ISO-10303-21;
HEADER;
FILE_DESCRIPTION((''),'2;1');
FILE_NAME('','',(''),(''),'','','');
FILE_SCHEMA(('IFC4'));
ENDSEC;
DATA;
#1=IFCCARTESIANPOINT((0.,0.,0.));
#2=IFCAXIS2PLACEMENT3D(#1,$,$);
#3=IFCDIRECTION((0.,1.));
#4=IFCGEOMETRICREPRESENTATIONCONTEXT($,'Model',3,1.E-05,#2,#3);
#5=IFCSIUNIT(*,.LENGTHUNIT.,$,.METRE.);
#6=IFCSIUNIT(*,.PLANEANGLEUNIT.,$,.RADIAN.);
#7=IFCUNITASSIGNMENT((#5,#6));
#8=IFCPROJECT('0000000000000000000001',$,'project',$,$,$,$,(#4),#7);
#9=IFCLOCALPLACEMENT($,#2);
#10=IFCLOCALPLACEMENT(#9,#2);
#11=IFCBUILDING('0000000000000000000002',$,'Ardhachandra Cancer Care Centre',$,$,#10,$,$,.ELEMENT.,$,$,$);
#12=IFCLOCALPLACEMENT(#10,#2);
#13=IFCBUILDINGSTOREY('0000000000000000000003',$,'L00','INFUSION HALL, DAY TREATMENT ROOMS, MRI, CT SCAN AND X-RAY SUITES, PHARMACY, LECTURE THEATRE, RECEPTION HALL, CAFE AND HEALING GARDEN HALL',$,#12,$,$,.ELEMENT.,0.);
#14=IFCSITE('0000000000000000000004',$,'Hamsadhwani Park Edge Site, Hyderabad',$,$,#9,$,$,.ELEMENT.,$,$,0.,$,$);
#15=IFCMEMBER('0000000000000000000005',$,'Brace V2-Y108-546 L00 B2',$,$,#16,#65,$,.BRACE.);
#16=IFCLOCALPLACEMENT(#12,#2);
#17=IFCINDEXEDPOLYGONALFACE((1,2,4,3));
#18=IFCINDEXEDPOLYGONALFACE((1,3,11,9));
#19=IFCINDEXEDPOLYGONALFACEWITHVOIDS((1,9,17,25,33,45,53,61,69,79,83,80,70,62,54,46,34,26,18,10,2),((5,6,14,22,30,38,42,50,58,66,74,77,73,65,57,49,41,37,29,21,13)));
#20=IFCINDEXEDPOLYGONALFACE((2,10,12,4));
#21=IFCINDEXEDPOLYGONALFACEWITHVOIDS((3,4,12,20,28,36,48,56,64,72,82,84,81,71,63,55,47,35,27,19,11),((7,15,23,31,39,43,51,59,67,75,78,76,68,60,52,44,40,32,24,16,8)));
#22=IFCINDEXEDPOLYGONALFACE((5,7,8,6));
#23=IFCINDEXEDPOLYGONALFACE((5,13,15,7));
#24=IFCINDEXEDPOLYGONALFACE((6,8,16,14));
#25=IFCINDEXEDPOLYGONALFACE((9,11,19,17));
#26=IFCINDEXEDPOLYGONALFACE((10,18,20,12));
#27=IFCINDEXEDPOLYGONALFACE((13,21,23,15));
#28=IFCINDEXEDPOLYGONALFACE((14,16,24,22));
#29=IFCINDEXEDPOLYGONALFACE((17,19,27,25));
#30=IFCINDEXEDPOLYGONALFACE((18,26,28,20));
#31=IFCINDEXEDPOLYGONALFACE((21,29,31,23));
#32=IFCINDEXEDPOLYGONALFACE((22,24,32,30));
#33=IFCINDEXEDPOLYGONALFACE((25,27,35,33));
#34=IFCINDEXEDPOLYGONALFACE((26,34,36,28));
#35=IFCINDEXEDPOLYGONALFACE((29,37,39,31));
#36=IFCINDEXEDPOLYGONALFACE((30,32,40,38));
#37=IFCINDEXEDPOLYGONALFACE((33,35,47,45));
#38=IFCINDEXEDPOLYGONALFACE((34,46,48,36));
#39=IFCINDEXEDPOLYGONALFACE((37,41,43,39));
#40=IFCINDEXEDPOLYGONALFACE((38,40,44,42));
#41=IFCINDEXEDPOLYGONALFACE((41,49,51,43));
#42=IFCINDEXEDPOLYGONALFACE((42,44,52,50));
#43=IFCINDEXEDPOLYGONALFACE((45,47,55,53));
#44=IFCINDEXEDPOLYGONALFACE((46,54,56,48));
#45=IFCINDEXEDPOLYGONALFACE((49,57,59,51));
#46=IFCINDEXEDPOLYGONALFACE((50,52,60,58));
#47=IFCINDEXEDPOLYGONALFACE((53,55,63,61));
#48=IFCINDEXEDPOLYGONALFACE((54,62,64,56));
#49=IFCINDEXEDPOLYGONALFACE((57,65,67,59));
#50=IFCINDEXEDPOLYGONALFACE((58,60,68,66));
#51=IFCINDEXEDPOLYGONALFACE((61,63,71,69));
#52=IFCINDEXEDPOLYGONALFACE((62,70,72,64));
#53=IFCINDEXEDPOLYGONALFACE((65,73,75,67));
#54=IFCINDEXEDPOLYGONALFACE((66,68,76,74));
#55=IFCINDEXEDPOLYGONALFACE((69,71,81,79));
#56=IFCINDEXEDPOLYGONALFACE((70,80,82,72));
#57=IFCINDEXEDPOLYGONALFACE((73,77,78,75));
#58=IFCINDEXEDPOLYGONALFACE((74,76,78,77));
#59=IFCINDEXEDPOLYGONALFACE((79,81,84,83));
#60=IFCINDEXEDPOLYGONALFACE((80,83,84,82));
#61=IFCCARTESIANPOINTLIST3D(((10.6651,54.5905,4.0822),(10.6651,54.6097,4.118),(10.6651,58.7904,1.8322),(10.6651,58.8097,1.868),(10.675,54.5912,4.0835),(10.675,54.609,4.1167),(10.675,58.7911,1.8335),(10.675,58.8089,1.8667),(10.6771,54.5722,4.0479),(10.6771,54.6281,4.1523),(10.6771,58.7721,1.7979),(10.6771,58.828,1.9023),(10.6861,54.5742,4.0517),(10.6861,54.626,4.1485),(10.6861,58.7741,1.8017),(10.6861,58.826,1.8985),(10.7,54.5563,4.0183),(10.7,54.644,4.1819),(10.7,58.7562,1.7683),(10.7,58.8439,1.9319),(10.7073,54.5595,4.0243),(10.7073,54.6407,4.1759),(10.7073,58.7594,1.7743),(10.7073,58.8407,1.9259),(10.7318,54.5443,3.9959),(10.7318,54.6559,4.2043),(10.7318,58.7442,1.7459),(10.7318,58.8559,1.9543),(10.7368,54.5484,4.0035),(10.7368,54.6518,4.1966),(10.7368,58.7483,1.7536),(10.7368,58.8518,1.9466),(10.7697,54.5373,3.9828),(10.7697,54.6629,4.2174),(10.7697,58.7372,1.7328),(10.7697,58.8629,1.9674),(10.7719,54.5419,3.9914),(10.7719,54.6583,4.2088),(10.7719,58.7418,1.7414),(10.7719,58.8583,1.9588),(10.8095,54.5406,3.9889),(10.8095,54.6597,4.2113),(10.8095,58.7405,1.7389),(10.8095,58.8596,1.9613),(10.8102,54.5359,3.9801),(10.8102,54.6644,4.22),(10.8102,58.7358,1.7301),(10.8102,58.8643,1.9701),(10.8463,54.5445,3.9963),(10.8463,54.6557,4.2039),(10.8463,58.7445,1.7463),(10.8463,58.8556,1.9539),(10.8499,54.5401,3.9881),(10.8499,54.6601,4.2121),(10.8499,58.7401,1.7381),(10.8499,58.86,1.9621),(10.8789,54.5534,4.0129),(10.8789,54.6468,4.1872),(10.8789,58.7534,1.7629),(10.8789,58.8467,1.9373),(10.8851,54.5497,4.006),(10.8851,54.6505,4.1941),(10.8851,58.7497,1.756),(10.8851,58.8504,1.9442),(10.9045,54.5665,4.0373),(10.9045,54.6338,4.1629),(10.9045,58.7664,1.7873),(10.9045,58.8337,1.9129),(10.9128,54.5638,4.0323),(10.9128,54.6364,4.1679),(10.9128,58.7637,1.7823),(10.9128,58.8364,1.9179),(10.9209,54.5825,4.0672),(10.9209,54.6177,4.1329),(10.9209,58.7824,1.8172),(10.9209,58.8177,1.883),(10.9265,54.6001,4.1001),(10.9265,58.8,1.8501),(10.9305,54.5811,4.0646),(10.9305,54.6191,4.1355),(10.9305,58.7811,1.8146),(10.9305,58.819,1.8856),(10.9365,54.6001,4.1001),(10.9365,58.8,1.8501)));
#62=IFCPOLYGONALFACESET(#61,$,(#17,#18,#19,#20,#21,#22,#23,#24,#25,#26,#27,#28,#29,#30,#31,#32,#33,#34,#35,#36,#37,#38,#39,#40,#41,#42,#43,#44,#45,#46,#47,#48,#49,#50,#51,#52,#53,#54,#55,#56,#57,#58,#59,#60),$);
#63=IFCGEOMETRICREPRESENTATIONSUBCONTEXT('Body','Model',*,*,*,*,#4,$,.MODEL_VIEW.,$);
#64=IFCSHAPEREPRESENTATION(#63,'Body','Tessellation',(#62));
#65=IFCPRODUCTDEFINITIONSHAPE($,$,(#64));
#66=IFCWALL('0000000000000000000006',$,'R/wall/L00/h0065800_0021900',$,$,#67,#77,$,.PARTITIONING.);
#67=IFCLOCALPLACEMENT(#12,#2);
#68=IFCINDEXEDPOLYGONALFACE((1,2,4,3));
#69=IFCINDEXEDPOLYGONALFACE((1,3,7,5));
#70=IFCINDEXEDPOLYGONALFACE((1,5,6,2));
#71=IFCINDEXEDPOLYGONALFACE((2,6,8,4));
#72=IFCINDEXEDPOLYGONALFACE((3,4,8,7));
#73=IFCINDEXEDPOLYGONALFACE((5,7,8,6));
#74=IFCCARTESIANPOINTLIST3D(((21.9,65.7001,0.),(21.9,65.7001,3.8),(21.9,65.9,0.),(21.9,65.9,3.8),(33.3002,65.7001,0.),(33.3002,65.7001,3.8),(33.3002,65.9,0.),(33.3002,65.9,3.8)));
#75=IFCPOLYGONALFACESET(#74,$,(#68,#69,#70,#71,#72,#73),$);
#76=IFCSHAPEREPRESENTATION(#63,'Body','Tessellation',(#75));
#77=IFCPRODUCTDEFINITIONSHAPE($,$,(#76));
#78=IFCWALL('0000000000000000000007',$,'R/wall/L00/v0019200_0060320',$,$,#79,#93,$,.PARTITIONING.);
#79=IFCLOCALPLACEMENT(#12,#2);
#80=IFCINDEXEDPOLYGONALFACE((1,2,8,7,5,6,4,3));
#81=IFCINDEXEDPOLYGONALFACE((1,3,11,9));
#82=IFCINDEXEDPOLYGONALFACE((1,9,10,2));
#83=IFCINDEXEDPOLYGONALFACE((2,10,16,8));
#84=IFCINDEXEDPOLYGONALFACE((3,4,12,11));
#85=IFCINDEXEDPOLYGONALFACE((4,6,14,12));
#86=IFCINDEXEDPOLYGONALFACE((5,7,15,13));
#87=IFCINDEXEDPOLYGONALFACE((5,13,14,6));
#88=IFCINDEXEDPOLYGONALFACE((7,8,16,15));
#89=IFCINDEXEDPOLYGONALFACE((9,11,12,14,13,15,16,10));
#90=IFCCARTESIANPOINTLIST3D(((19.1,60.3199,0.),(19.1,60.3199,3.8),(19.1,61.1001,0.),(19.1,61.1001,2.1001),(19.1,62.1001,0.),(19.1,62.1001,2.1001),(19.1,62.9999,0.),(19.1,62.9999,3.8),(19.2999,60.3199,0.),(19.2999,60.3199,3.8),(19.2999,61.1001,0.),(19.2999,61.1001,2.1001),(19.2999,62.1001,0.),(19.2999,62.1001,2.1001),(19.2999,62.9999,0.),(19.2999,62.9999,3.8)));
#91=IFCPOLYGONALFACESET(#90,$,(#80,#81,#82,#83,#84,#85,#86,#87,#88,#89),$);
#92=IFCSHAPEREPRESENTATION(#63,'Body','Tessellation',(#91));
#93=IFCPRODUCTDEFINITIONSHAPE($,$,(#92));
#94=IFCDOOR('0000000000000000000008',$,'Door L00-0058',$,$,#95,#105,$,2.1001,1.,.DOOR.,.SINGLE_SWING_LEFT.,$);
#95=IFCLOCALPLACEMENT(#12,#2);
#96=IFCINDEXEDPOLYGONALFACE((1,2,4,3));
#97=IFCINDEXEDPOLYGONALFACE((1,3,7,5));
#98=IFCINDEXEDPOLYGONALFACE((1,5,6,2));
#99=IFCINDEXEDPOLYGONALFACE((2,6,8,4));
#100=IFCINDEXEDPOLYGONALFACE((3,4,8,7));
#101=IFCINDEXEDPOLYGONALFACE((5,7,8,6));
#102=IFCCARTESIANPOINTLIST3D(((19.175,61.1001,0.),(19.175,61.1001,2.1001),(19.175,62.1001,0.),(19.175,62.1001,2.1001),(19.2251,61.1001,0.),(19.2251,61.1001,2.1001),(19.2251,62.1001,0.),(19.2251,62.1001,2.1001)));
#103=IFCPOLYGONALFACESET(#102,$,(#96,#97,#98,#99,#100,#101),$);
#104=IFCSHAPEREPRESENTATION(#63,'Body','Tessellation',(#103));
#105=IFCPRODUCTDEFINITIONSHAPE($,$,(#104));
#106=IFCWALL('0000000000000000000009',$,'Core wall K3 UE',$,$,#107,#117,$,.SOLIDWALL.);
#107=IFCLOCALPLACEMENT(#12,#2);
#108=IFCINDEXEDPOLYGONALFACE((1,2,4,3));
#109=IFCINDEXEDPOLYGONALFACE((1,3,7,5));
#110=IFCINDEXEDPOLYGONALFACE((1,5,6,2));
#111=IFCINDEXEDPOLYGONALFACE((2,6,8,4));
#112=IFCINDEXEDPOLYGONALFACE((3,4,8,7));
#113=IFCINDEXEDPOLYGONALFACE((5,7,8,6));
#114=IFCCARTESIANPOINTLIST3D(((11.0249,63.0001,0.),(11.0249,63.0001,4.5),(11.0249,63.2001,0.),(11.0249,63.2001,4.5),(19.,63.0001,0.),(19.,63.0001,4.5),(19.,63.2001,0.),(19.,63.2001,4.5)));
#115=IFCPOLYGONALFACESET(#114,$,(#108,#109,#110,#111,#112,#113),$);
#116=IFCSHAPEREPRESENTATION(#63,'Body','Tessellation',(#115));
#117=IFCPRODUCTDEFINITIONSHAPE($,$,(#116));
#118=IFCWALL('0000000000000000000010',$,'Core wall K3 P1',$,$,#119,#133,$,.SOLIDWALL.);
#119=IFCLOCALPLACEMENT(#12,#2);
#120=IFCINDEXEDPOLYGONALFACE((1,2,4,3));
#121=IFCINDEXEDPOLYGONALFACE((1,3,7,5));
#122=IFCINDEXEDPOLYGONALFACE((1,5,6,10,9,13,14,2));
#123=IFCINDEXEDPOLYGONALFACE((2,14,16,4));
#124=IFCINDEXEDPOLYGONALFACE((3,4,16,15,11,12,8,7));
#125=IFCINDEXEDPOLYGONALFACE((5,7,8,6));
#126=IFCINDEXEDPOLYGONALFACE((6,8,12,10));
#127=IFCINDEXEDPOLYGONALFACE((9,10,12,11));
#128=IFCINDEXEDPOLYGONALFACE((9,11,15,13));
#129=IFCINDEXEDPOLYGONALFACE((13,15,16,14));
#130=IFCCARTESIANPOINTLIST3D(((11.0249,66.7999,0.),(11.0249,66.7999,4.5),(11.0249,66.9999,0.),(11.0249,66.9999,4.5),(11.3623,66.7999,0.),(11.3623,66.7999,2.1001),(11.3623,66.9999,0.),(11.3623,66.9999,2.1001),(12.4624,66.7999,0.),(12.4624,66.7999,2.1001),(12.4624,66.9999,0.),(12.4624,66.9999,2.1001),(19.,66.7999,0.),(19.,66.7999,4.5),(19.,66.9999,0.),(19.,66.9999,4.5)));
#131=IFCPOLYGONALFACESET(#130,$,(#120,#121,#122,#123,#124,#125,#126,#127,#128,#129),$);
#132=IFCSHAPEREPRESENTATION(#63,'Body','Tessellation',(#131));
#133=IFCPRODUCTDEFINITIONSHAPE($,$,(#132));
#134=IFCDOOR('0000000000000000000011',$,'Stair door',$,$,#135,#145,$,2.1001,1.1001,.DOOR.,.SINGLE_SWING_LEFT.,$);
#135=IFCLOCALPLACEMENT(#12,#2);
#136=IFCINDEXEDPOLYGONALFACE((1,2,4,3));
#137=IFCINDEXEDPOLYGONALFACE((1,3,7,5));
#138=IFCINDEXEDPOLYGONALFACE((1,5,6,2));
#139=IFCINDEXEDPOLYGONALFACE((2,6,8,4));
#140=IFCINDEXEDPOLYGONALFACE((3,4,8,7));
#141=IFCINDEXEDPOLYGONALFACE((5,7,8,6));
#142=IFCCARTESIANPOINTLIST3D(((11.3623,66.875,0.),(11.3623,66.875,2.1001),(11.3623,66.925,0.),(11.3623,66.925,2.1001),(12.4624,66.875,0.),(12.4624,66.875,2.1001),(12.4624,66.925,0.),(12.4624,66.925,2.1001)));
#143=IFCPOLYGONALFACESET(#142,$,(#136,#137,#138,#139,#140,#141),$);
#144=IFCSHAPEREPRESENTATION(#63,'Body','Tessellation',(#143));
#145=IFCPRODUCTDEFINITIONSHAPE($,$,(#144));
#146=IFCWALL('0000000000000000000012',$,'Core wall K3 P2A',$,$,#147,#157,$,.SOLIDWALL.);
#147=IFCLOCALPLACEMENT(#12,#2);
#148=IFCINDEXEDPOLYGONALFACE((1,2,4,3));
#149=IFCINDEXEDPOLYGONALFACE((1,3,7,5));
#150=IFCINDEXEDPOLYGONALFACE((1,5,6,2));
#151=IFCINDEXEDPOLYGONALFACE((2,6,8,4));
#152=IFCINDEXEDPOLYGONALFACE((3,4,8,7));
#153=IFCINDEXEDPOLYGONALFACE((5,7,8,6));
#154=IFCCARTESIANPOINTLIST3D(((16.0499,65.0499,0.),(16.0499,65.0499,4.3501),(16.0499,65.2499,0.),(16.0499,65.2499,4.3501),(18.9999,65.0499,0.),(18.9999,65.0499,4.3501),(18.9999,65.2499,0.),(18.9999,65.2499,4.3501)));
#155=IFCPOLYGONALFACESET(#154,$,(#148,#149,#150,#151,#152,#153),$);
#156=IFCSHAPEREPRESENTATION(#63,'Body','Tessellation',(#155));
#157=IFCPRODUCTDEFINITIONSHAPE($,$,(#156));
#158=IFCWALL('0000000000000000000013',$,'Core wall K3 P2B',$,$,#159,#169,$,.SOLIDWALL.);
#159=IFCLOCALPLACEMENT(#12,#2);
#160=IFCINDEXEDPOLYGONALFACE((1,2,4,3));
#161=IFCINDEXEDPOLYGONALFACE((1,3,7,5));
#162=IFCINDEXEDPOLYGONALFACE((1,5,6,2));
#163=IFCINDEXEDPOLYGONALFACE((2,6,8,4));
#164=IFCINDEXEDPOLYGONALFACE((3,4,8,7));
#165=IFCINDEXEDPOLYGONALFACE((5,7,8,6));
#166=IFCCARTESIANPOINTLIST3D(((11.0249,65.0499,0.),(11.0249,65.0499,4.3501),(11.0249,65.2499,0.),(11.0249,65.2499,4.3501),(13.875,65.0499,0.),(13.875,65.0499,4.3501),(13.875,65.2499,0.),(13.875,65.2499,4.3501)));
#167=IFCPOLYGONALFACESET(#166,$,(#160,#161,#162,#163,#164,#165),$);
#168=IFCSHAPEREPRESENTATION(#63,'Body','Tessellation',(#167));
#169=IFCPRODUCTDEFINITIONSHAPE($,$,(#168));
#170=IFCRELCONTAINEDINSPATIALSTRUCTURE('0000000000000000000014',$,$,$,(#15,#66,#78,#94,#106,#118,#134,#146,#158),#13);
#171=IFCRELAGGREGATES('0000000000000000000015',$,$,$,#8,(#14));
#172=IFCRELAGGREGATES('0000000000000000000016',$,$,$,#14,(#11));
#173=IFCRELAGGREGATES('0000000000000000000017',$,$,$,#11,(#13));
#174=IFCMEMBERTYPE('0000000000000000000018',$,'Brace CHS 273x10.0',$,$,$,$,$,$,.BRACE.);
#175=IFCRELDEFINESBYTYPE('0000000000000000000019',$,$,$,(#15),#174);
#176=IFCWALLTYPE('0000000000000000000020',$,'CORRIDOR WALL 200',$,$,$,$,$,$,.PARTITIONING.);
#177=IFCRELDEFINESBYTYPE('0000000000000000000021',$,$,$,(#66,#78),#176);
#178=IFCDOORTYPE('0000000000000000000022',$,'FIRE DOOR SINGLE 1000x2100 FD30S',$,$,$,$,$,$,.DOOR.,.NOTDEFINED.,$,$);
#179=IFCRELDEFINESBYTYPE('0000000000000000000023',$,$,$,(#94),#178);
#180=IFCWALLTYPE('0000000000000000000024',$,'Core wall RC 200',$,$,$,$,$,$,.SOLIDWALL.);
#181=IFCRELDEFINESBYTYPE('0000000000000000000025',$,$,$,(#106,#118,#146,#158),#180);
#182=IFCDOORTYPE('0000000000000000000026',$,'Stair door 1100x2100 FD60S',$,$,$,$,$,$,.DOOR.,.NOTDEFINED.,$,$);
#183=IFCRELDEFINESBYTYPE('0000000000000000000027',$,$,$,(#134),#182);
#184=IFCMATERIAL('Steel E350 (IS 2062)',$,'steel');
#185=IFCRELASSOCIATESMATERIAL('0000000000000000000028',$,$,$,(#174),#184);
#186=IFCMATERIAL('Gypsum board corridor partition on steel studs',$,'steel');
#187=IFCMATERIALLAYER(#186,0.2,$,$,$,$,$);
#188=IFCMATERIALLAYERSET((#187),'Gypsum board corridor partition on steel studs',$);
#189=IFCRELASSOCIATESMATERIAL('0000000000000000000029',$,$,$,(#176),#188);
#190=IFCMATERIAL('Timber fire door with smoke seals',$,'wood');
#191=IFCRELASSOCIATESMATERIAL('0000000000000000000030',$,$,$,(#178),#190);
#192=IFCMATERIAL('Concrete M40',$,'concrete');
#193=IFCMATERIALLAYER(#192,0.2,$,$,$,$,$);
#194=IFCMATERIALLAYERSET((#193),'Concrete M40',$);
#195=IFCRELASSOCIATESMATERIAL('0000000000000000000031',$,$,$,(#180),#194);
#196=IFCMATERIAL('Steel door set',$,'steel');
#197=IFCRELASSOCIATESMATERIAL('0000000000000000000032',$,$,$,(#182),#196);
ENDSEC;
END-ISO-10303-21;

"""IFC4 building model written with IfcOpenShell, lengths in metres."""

from ifc_helpers import new_model, si_unit, direction, frame, frame_2d, origin, origin_2d, place, context, subcontext, project, spatial, rectangle, hollow_circle, extrude, material, layer, layer_set, material_profile, profile_set, type_object, element, fill, save


model = new_model("IFC4")

# Units and contexts
model_context = context("Model", 3, precision=1e-05, world=origin(), true_north=direction((0.0, 1.0)))
body_context = subcontext(model_context, "Body", "Model", "MODEL_VIEW")
ifc_project = project(units=[si_unit("LENGTHUNIT", "METRE"), si_unit("PLANEANGLEUNIT", "RADIAN")], contexts=[model_context])

# Site, building, storey
site_placement = place(None, origin())
site = spatial("IfcSite", under=ifc_project, at=site_placement, Name="Hamsadhwani Park Edge Site, Hyderabad", CompositionType="ELEMENT", RefElevation=0.0)
building_placement = place(site_placement, origin())
building = spatial("IfcBuilding", under=site, at=building_placement, Name="Ardhachandra Cancer Care Centre", CompositionType="ELEMENT")
storey_placement = place(building_placement, origin())
storey = spatial("IfcBuildingStorey", under=building, at=storey_placement, Name="L00", Description="INFUSION HALL, DAY TREATMENT ROOMS, MRI, CT SCAN AND X-RAY SUITES, PHARMACY, LECTURE THEATRE, RECEPTION HALL, CAFE AND HEALING GARDEN HALL", CompositionType="ELEMENT", Elevation=0.0)

# Member
ifc_material_1 = material(Name="Steel E350 (IS 2062)", Category="steel")
ifc_material_profile_1 = material_profile(ifc_material_1, hollow_circle(Radius=0.1365, WallThickness=0.01, at=origin_2d()), Name="CHS 273x10.0")
ifc_profile_set_1 = profile_set([ifc_material_profile_1], Name="Steel E350 (IS 2062)")
member_type = type_object("IfcMemberType", Name="Brace CHS 273x10.0", PredefinedType="BRACE", material=ifc_profile_set_1)
for number, where, z_axis, x_axis, name in (
    (1, (10.8, 58.8, 1.8501), (0.0, -0.881478, 0.472226), (1.0, 0.0, 0.0), "Brace V2-Y108-546 L00 B2"),
):
    element("IfcMember", number, at=place(storey_placement, frame(where, z_axis=z_axis, x_axis=x_axis)), inside=storey, type_object=member_type, Name=name, PredefinedType="BRACE", context=body_context, shape_type="SweptSolid", body=[
        extrude(hollow_circle(Radius=0.1365, WallThickness=0.01, at=origin_2d()), origin(), (0.0, 0.0, 1.0), 4.7646),
    ])

# Wall
ifc_material_2 = material(Name="Gypsum board corridor partition on steel studs", Category="steel")
ifc_layer_1 = layer(ifc_material_2, 0.2)
ifc_layer_set_1 = layer_set([ifc_layer_1], Name="Gypsum board corridor partition on steel studs")
wall_type_1 = type_object("IfcWallType", Name="CORRIDOR WALL 200", PredefinedType="PARTITIONING", material=ifc_layer_set_1)
wall_1_placement = place(storey_placement, frame((21.8999, 65.8, 0.0), z_axis=(0.0, 0.0, 1.0), x_axis=(1.0, 0.0, 0.0)))
element("IfcWall", 2, at=wall_1_placement, inside=storey, type_object=wall_type_1, Name="R/wall/L00/h0065800_0021900", PredefinedType="PARTITIONING", context=body_context, shape_type="SweptSolid", body=[
    extrude(rectangle(XDim=11.4001, YDim=0.2, at=frame_2d((5.7002, 0.0))), origin(), (0.0, 0.0, 1.0), 3.8),
])

# Wall, opening, door
wall_2_placement = place(storey_placement, frame((19.2, 60.3201, 0.0), z_axis=(0.0, 0.0, 1.0), x_axis=(0.0, 1.0, 0.0)))
wall_2 = element("IfcWall", 3, at=wall_2_placement, inside=storey, type_object=wall_type_1, Name="R/wall/L00/v0019200_0060320", PredefinedType="PARTITIONING", context=body_context, shape_type="SweptSolid", body=[
    extrude(rectangle(XDim=2.6799, YDim=0.2, at=frame_2d((1.3398, 0.0))), origin(), (0.0, 0.0, 1.0), 3.8),
])
opening_1_placement = place(wall_2_placement, frame((0.78, 0.0, 0.0)))
opening_1 = element("IfcOpeningElement", 4, at=opening_1_placement, cuts=wall_2, PredefinedType="OPENING", context=body_context, shape_type="SweptSolid", body=[
    extrude(rectangle(XDim=1.0, YDim=2.1001, at=frame_2d((0.5, 1.05))), frame((0.0, 0.1099, 0.0), z_axis=(0.0, -1.0, 0.0), x_axis=(1.0, 0.0, 0.0)), (0.0, 0.0, 1.0), 0.22),
])
ifc_material_3 = material(Name="Timber fire door with smoke seals", Category="wood")
door_type_1 = type_object("IfcDoorType", Name="FIRE DOOR SINGLE 1000x2100 FD30S", OperationType="NOTDEFINED", PredefinedType="DOOR", material=ifc_material_3)
door_1_placement = place(opening_1_placement, origin())
door_1 = element("IfcDoor", 5, at=door_1_placement, inside=storey, type_object=door_type_1, Name="Door L00-0058", OperationType="SINGLE_SWING_LEFT", OverallHeight=2.1001, OverallWidth=1.0, PredefinedType="DOOR", context=body_context, shape_type="SweptSolid", body=[
    extrude(rectangle(XDim=1.0, YDim=2.1001, at=frame_2d((0.5, 1.05))), frame((0.0, 0.0249, 0.0), z_axis=(0.0, -1.0, 0.0), x_axis=(1.0, 0.0, 0.0)), (0.0, 0.0, 1.0), 0.05),
])
fill(opening_1, door_1)

# Wall
ifc_material_4 = material(Name="Concrete M40", Category="concrete")
ifc_layer_2 = layer(ifc_material_4, 0.2)
ifc_layer_set_2 = layer_set([ifc_layer_2], Name="Concrete M40")
wall_type_2 = type_object("IfcWallType", Name="Core wall RC 200", PredefinedType="SOLIDWALL", material=ifc_layer_set_2)
wall_3_placement = place(storey_placement, frame((19.0, 63.1001, 0.0), z_axis=(0.0, 0.0, 1.0), x_axis=(-1.0, 0.0, 0.0)))
element("IfcWall", 6, at=wall_3_placement, inside=storey, type_object=wall_type_2, Name="Core wall K3 UE", PredefinedType="SOLIDWALL", context=body_context, shape_type="SweptSolid", body=[
    extrude(rectangle(XDim=7.9751, YDim=0.2, at=frame_2d((3.9875, 0.0))), origin(), (0.0, 0.0, 1.0), 4.5),
])

# Wall, opening, door
wall_4_placement = place(storey_placement, frame((19.0, 66.8999, 0.0), z_axis=(0.0, 0.0, 1.0), x_axis=(-1.0, 0.0, 0.0)))
wall_4 = element("IfcWall", 7, at=wall_4_placement, inside=storey, type_object=wall_type_2, Name="Core wall K3 P1", PredefinedType="SOLIDWALL", context=body_context, shape_type="SweptSolid", body=[
    extrude(rectangle(XDim=7.9751, YDim=0.2, at=frame_2d((3.9875, 0.0))), origin(), (0.0, 0.0, 1.0), 4.5),
])
opening_2_placement = place(wall_4_placement, frame((6.5376, 0.0, 0.0)))
opening_2 = element("IfcOpeningElement", 8, at=opening_2_placement, cuts=wall_4, PredefinedType="OPENING", context=body_context, shape_type="SweptSolid", body=[
    extrude(rectangle(XDim=1.1001, YDim=2.1001, at=frame_2d((0.55, 1.05))), frame((0.0, 0.1099, 0.0), z_axis=(0.0, -1.0, 0.0), x_axis=(1.0, 0.0, 0.0)), (0.0, 0.0, 1.0), 0.22),
])
ifc_material_5 = material(Name="Steel door set", Category="steel")
door_type_2 = type_object("IfcDoorType", Name="Stair door 1100x2100 FD60S", OperationType="NOTDEFINED", PredefinedType="DOOR", material=ifc_material_5)
door_2_placement = place(opening_2_placement, origin())
door_2 = element("IfcDoor", 9, at=door_2_placement, inside=storey, type_object=door_type_2, Name="Stair door", OperationType="SINGLE_SWING_LEFT", OverallHeight=2.1001, OverallWidth=1.1001, PredefinedType="DOOR", context=body_context, shape_type="SweptSolid", body=[
    extrude(rectangle(XDim=1.1001, YDim=2.1001, at=frame_2d((0.55, 1.05))), frame((0.0, 0.0249, 0.0), z_axis=(0.0, -1.0, 0.0), x_axis=(1.0, 0.0, 0.0)), (0.0, 0.0, 1.0), 0.05),
])
fill(opening_2, door_2)

# Walls
wall_5_placement = place(storey_placement, frame((19.0, 65.1499, 0.0), z_axis=(0.0, 0.0, 1.0), x_axis=(-1.0, 0.0, 0.0)))
element("IfcWall", 10, at=wall_5_placement, inside=storey, type_object=wall_type_2, Name="Core wall K3 P2A", PredefinedType="SOLIDWALL", context=body_context, shape_type="SweptSolid", body=[
    extrude(rectangle(XDim=2.95, YDim=0.2, at=frame_2d((1.4751, 0.0))), origin(), (0.0, 0.0, 1.0), 4.3501),
])
wall_6_placement = place(storey_placement, frame((13.875, 65.1499, 0.0), z_axis=(0.0, 0.0, 1.0), x_axis=(-1.0, 0.0, 0.0)))
element("IfcWall", 11, at=wall_6_placement, inside=storey, type_object=wall_type_2, Name="Core wall K3 P2B", PredefinedType="SOLIDWALL", context=body_context, shape_type="SweptSolid", body=[
    extrude(rectangle(XDim=2.8501, YDim=0.2, at=frame_2d((1.425, 0.0))), origin(), (0.0, 0.0, 1.0), 4.3501),
])

save(model, "model.ifc")
